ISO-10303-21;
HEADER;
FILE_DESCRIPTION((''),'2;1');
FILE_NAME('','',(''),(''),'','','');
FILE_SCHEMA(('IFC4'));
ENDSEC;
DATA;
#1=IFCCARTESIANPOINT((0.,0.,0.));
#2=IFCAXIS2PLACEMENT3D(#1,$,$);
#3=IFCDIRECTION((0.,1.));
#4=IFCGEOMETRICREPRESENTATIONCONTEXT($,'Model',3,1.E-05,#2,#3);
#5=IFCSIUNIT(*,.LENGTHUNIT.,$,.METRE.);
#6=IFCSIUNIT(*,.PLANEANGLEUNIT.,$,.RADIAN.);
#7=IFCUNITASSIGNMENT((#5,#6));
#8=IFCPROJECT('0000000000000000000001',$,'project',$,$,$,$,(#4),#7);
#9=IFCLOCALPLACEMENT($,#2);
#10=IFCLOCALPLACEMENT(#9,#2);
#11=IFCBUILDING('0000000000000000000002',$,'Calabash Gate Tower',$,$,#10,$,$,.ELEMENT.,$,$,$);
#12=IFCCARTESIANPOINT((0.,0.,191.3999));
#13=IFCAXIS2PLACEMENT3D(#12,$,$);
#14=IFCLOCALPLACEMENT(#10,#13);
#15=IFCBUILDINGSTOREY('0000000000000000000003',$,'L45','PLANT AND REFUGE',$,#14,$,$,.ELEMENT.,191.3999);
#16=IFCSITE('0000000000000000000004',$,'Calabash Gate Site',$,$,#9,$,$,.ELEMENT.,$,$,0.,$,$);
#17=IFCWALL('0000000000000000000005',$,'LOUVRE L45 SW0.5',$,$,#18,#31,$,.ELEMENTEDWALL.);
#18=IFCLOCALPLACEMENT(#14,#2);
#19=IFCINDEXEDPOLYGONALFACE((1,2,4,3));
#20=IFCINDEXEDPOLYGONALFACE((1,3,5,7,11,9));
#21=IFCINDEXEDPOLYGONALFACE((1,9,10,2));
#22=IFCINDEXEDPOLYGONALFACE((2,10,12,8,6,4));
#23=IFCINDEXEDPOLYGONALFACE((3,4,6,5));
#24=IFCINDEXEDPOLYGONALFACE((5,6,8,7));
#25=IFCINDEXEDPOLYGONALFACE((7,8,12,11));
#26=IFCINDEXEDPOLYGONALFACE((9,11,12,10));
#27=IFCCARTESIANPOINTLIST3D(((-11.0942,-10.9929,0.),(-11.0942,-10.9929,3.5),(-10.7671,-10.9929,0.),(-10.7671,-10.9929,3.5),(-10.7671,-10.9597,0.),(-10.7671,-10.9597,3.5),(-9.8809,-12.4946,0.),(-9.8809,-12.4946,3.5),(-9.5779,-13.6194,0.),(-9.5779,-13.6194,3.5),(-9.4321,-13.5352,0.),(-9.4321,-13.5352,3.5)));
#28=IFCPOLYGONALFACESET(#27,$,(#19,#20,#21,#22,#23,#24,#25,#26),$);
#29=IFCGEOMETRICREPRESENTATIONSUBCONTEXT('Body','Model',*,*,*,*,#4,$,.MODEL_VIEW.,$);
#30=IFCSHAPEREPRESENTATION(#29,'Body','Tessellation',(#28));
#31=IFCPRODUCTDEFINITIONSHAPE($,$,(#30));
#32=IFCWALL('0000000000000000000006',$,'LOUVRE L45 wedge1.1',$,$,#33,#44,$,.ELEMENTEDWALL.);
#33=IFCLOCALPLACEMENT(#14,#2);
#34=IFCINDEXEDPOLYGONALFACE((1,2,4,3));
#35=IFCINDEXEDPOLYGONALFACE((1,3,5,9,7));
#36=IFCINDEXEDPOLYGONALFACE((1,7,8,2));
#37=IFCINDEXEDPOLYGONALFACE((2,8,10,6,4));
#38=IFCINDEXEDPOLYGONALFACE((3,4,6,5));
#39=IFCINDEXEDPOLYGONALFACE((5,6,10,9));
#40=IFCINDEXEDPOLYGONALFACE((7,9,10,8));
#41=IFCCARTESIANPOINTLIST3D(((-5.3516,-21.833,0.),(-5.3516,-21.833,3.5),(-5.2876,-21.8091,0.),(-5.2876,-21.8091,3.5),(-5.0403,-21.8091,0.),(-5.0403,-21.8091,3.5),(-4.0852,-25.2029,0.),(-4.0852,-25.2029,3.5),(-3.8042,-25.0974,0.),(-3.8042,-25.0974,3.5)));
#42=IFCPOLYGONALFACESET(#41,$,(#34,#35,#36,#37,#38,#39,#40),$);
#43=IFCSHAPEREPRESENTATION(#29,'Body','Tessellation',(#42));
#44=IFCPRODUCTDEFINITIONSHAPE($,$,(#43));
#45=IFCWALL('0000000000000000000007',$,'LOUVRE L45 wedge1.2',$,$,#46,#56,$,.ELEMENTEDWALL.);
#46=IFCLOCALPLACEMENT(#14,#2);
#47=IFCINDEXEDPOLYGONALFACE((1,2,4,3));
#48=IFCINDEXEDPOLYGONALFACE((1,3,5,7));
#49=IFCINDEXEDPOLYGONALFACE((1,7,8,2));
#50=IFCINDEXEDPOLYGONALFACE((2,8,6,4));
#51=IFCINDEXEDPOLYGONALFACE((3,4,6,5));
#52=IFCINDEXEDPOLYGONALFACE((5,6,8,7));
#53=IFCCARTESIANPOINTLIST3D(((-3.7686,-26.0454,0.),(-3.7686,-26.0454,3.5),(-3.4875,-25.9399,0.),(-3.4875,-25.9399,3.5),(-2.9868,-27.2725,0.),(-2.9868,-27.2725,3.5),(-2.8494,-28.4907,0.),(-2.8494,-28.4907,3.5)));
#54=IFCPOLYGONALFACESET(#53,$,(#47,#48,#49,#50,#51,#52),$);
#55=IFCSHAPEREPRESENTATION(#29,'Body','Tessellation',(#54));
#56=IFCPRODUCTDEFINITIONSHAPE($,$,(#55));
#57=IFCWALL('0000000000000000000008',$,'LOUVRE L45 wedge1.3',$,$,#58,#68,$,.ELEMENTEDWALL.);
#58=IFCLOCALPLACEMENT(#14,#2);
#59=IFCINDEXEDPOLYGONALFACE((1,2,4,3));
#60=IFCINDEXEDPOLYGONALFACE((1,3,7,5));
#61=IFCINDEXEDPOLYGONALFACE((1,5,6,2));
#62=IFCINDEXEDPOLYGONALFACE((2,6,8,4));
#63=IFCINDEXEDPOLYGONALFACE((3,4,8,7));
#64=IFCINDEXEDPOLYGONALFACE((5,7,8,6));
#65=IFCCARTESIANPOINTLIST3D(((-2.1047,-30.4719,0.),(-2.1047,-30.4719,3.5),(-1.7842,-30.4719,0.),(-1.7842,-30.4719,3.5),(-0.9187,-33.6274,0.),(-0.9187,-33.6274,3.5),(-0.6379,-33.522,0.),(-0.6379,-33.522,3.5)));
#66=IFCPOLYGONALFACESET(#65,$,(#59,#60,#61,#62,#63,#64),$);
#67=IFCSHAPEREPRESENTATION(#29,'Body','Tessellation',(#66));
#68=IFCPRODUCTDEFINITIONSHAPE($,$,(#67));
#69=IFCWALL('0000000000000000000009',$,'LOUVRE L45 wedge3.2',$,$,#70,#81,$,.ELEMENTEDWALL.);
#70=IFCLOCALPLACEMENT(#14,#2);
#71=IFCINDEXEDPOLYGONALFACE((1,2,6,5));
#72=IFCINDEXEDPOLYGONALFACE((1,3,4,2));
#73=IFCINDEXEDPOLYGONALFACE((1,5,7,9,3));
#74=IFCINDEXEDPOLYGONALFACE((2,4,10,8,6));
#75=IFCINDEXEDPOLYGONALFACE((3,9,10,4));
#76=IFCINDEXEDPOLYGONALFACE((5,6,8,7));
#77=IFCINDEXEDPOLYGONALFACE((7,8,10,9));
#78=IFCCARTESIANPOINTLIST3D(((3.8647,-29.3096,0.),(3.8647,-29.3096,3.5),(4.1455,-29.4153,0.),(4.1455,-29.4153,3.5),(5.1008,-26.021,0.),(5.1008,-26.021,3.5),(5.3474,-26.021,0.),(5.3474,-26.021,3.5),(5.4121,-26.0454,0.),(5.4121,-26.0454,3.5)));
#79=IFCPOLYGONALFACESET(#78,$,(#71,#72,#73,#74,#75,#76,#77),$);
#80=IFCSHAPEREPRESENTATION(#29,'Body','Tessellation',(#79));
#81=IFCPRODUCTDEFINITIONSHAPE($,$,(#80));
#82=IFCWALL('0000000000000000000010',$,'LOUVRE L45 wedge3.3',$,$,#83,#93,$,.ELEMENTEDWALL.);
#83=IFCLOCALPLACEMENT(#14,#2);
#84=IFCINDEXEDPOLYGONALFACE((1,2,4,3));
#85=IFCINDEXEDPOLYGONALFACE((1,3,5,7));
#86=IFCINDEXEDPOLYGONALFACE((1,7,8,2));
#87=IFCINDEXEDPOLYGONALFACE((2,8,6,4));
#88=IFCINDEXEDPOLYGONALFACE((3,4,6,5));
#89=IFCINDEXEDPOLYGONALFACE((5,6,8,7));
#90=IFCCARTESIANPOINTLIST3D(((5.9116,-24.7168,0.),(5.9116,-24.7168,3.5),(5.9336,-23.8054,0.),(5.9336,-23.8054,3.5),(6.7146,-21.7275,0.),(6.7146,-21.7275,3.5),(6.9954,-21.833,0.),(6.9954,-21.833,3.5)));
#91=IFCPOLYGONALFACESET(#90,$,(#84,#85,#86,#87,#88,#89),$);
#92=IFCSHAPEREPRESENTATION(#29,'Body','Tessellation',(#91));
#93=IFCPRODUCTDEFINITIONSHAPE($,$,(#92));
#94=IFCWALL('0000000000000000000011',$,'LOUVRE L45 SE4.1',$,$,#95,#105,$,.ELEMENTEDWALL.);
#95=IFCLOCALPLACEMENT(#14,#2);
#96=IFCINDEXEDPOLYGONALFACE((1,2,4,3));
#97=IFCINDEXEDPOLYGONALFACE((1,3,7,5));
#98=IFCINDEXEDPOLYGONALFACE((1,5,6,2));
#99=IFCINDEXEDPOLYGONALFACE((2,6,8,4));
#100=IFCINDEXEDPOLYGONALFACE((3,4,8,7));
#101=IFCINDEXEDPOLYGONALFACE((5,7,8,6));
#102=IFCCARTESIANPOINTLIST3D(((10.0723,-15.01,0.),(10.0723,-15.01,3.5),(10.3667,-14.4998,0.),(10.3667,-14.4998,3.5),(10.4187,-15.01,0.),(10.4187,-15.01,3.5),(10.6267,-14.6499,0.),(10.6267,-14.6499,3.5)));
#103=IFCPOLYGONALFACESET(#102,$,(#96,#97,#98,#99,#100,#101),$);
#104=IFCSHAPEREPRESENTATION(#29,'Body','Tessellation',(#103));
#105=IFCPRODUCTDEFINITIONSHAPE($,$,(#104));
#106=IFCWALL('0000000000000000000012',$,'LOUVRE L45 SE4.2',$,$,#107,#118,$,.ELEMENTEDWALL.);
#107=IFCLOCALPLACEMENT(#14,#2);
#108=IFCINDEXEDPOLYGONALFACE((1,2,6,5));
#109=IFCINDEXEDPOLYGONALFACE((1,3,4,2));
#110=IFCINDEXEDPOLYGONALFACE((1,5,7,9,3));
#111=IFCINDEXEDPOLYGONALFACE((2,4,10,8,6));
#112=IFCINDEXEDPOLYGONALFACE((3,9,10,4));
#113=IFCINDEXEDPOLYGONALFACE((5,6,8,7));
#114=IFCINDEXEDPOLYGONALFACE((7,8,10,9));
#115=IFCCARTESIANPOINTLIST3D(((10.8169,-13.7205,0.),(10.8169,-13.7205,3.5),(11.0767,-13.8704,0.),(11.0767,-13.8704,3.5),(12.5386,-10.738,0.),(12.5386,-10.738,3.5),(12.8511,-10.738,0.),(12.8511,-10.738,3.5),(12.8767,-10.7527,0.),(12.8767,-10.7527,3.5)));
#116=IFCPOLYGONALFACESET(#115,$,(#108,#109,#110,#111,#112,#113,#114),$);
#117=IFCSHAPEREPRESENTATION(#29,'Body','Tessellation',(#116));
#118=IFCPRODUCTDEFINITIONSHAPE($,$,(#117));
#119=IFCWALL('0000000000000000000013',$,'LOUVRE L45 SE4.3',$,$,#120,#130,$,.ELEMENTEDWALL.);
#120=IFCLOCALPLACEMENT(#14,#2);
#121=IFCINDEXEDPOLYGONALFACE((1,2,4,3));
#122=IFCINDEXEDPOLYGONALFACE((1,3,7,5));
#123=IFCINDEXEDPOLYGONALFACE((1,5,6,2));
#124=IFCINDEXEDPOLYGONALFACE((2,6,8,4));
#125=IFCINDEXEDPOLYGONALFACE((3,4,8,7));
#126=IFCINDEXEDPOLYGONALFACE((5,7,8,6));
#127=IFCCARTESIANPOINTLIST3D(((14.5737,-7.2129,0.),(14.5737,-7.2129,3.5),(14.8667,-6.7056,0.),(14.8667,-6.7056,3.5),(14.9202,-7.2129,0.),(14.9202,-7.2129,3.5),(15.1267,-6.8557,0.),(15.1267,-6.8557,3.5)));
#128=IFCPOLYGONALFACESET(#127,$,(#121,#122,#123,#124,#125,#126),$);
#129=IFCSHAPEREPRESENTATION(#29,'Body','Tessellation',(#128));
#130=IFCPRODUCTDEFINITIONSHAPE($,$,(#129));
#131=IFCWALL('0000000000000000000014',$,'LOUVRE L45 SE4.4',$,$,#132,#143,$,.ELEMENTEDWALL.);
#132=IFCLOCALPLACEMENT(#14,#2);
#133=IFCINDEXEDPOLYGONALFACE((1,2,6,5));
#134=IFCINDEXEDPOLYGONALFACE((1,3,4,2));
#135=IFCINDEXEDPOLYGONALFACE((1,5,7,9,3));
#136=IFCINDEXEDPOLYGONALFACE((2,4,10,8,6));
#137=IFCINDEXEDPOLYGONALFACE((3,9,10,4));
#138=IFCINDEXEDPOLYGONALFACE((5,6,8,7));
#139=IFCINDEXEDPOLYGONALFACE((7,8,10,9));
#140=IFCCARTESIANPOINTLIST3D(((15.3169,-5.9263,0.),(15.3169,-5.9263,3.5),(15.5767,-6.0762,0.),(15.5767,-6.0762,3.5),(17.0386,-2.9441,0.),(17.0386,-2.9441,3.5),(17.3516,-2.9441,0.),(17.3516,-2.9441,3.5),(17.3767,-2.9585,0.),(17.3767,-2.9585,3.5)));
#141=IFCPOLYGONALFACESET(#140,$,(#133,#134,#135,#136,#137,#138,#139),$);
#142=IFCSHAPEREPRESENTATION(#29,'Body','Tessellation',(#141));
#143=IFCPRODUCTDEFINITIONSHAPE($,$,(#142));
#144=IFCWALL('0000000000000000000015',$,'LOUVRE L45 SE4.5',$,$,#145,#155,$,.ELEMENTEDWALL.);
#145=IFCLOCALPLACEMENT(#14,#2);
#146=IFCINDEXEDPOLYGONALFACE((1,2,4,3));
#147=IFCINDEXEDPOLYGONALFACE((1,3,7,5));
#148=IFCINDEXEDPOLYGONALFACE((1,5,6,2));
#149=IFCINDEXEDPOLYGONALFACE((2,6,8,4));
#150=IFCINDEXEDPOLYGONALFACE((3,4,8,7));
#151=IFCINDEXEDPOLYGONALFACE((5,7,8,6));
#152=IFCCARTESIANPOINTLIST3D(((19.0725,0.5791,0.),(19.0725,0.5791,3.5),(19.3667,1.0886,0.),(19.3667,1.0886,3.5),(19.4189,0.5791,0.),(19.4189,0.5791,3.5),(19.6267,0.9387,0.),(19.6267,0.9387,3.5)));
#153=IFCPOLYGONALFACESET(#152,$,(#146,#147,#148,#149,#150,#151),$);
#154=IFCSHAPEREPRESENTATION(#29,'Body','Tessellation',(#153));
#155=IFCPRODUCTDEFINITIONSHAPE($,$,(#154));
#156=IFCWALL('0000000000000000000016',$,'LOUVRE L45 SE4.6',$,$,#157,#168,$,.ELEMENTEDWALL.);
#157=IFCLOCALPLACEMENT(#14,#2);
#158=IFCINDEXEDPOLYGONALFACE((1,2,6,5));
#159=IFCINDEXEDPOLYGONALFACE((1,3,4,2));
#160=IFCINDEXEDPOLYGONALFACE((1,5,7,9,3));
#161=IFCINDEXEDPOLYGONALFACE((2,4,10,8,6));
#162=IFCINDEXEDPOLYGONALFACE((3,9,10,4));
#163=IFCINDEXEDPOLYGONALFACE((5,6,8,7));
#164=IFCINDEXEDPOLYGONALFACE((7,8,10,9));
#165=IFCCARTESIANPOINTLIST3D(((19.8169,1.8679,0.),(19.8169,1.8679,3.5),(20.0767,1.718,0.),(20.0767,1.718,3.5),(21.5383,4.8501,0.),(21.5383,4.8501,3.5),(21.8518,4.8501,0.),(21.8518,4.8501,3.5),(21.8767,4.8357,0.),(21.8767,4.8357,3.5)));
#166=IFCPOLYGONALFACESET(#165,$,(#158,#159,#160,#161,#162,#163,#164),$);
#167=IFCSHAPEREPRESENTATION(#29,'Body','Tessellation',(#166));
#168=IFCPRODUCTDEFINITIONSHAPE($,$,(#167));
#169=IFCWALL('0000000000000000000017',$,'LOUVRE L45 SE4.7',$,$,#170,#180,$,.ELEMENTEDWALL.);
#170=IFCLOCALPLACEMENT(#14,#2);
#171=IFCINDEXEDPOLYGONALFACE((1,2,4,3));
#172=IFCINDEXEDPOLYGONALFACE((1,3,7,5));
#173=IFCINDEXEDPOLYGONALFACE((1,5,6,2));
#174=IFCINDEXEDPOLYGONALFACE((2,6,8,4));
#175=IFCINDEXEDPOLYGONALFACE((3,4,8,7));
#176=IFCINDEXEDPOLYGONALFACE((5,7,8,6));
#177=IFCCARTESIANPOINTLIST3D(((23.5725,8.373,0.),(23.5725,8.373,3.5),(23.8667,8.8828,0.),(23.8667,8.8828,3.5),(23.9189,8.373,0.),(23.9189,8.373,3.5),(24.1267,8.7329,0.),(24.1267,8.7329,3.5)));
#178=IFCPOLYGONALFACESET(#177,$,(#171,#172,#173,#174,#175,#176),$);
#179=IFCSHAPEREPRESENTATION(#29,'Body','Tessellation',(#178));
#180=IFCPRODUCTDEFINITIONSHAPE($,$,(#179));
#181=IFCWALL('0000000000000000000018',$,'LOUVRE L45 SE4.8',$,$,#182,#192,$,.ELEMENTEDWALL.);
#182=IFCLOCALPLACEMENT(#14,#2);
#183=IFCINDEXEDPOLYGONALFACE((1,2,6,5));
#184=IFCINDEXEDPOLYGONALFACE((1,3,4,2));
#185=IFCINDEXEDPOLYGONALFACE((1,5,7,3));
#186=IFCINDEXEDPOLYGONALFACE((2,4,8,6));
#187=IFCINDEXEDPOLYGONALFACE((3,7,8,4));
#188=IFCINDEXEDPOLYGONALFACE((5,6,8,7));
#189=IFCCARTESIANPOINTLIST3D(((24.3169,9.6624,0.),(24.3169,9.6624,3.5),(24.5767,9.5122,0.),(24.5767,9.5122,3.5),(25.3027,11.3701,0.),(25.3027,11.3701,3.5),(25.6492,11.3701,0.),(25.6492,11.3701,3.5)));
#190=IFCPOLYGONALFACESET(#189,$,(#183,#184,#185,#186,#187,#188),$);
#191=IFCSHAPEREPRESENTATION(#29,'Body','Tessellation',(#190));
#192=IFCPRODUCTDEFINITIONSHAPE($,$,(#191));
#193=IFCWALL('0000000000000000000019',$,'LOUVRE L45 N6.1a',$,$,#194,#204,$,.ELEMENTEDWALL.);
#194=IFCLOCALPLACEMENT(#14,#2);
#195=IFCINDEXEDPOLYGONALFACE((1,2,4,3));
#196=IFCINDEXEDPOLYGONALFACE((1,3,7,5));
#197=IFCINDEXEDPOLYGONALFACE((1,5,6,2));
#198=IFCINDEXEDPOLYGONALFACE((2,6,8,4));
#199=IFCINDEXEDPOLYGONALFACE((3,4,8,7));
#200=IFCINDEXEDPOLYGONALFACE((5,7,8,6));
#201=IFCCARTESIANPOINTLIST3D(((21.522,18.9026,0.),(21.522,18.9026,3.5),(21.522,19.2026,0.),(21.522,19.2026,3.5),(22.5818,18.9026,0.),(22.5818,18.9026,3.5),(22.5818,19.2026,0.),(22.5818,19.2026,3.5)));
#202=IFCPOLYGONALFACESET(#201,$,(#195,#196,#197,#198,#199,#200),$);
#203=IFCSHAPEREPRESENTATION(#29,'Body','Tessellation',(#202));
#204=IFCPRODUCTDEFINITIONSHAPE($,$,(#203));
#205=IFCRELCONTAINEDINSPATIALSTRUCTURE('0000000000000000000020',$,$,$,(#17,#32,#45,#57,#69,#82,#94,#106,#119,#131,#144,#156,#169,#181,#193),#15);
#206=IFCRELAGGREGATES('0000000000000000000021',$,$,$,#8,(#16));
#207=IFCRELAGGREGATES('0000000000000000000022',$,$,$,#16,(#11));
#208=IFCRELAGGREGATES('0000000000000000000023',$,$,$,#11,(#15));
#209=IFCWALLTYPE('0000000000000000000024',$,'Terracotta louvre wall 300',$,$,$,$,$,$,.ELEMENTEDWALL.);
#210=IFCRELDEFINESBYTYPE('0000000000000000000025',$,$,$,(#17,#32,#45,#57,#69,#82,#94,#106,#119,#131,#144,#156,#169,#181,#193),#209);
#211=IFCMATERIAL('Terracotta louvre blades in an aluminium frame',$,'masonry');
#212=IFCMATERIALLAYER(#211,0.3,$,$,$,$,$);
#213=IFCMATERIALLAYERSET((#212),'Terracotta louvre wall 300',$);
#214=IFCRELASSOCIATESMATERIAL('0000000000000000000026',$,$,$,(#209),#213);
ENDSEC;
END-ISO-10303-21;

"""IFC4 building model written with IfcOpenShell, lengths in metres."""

from ifc_helpers import new_model, si_unit, direction, frame, origin, place, context, subcontext, project, spatial, polyline, outline, extrude, material, layer, layer_set, type_object, element, save


model = new_model("IFC4")

# Units and contexts
model_context = context("Model", 3, precision=1e-05, world=origin(), true_north=direction((0.0, 1.0)))
body_context = subcontext(model_context, "Body", "Model", "MODEL_VIEW")
ifc_project = project(units=[si_unit("LENGTHUNIT", "METRE"), si_unit("PLANEANGLEUNIT", "RADIAN")], contexts=[model_context])

# Site, building, storey
site_placement = place(None, origin())
site = spatial("IfcSite", under=ifc_project, at=site_placement, Name="Calabash Gate Site", CompositionType="ELEMENT", RefElevation=0.0)
building_placement = place(site_placement, origin())
building = spatial("IfcBuilding", under=site, at=building_placement, Name="Calabash Gate Tower", CompositionType="ELEMENT")
storey_placement = place(building_placement, frame((0.0, 0.0, 191.3999)))
storey = spatial("IfcBuildingStorey", under=building, at=storey_placement, Name="L45", Description="PLANT AND REFUGE", CompositionType="ELEMENT", Elevation=191.3999)

# Walls
ifc_material_1 = material(Name="Terracotta louvre blades in an aluminium frame", Category="masonry")
ifc_layer_1 = layer(ifc_material_1, 0.3)
ifc_layer_set_1 = layer_set([ifc_layer_1], Name="Terracotta louvre wall 300")
wall_type_1 = type_object("IfcWallType", Name="Terracotta louvre wall 300", PredefinedType="ELEMENTEDWALL", material=ifc_layer_set_1)
wall_1_placement = place(storey_placement, origin())
element("IfcWall", 1, at=wall_1_placement, inside=storey, type_object=wall_type_1, Name="LOUVRE L45 SW0.5", PredefinedType="ELEMENTEDWALL", context=body_context, shape_type="SweptSolid", body=[
    extrude(outline(polyline([(-9.5779, -13.6194), (-9.4321, -13.5352), (-9.8809, -12.4946), (-10.7671, -10.9597), (-10.7671, -10.9929), (-11.0942, -10.9929), (-9.5779, -13.6194)])), origin(), (0.0, 0.0, 1.0), 3.5),
])
wall_2_placement = place(storey_placement, origin())
element("IfcWall", 2, at=wall_2_placement, inside=storey, type_object=wall_type_1, Name="LOUVRE L45 wedge1.1", PredefinedType="ELEMENTEDWALL", context=body_context, shape_type="SweptSolid", body=[
    extrude(outline(polyline([(-3.8042, -25.0974), (-5.0403, -21.8091), (-5.2876, -21.8091), (-5.3516, -21.833), (-4.0852, -25.2029), (-3.8042, -25.0974)])), origin(), (0.0, 0.0, 1.0), 3.5),
])
wall_3_placement = place(storey_placement, origin())
element("IfcWall", 3, at=wall_3_placement, inside=storey, type_object=wall_type_1, Name="LOUVRE L45 wedge1.2", PredefinedType="ELEMENTEDWALL", context=body_context, shape_type="SweptSolid", body=[
    extrude(outline(polyline([(-3.7686, -26.0454), (-2.8494, -28.4907), (-2.9868, -27.2725), (-3.4875, -25.9399), (-3.7686, -26.0454)])), origin(), (0.0, 0.0, 1.0), 3.5),
])
wall_4_placement = place(storey_placement, origin())
element("IfcWall", 4, at=wall_4_placement, inside=storey, type_object=wall_type_1, Name="LOUVRE L45 wedge1.3", PredefinedType="ELEMENTEDWALL", context=body_context, shape_type="SweptSolid", body=[
    extrude(outline(polyline([(-0.6379, -33.522), (-1.7842, -30.4719), (-2.1047, -30.4719), (-0.9187, -33.6274), (-0.6379, -33.522)])), origin(), (0.0, 0.0, 1.0), 3.5),
])
wall_5_placement = place(storey_placement, origin())
element("IfcWall", 5, at=wall_5_placement, inside=storey, type_object=wall_type_1, Name="LOUVRE L45 wedge3.2", PredefinedType="ELEMENTEDWALL", context=body_context, shape_type="SweptSolid", body=[
    extrude(outline(polyline([(5.4121, -26.0454), (5.3474, -26.021), (5.1008, -26.021), (3.8647, -29.3096), (4.1455, -29.4153), (5.4121, -26.0454)])), origin(), (0.0, 0.0, 1.0), 3.5),
])
wall_6_placement = place(storey_placement, origin())
element("IfcWall", 6, at=wall_6_placement, inside=storey, type_object=wall_type_1, Name="LOUVRE L45 wedge3.3", PredefinedType="ELEMENTEDWALL", context=body_context, shape_type="SweptSolid", body=[
    extrude(outline(polyline([(5.9116, -24.7168), (6.9954, -21.833), (6.7146, -21.7275), (5.9336, -23.8054), (5.9116, -24.7168)])), origin(), (0.0, 0.0, 1.0), 3.5),
])
wall_7_placement = place(storey_placement, origin())
element("IfcWall", 7, at=wall_7_placement, inside=storey, type_object=wall_type_1, Name="LOUVRE L45 SE4.1", PredefinedType="ELEMENTEDWALL", context=body_context, shape_type="SweptSolid", body=[
    extrude(outline(polyline([(10.3667, -14.4998), (10.0723, -15.01), (10.4187, -15.01), (10.6267, -14.6499), (10.3667, -14.4998)])), origin(), (0.0, 0.0, 1.0), 3.5),
])
wall_8_placement = place(storey_placement, origin())
element("IfcWall", 8, at=wall_8_placement, inside=storey, type_object=wall_type_1, Name="LOUVRE L45 SE4.2", PredefinedType="ELEMENTEDWALL", context=body_context, shape_type="SweptSolid", body=[
    extrude(outline(polyline([(12.8767, -10.7527), (12.8511, -10.738), (12.5386, -10.738), (10.8169, -13.7205), (11.0767, -13.8704), (12.8767, -10.7527)])), origin(), (0.0, 0.0, 1.0), 3.5),
])
wall_9_placement = place(storey_placement, origin())
element("IfcWall", 9, at=wall_9_placement, inside=storey, type_object=wall_type_1, Name="LOUVRE L45 SE4.3", PredefinedType="ELEMENTEDWALL", context=body_context, shape_type="SweptSolid", body=[
    extrude(outline(polyline([(14.8667, -6.7056), (14.5737, -7.2129), (14.9202, -7.2129), (15.1267, -6.8557), (14.8667, -6.7056)])), origin(), (0.0, 0.0, 1.0), 3.5),
])
wall_10_placement = place(storey_placement, origin())
element("IfcWall", 10, at=wall_10_placement, inside=storey, type_object=wall_type_1, Name="LOUVRE L45 SE4.4", PredefinedType="ELEMENTEDWALL", context=body_context, shape_type="SweptSolid", body=[
    extrude(outline(polyline([(17.3767, -2.9585), (17.3516, -2.9441), (17.0386, -2.9441), (15.3169, -5.9263), (15.5767, -6.0762), (17.3767, -2.9585)])), origin(), (0.0, 0.0, 1.0), 3.5),
])
wall_11_placement = place(storey_placement, origin())
element("IfcWall", 11, at=wall_11_placement, inside=storey, type_object=wall_type_1, Name="LOUVRE L45 SE4.5", PredefinedType="ELEMENTEDWALL", context=body_context, shape_type="SweptSolid", body=[
    extrude(outline(polyline([(19.3667, 1.0886), (19.0725, 0.5791), (19.4189, 0.5791), (19.6267, 0.9387), (19.3667, 1.0886)])), origin(), (0.0, 0.0, 1.0), 3.5),
])
wall_12_placement = place(storey_placement, origin())
element("IfcWall", 12, at=wall_12_placement, inside=storey, type_object=wall_type_1, Name="LOUVRE L45 SE4.6", PredefinedType="ELEMENTEDWALL", context=body_context, shape_type="SweptSolid", body=[
    extrude(outline(polyline([(21.8767, 4.8357), (21.8518, 4.8501), (21.5383, 4.8501), (19.8169, 1.8679), (20.0767, 1.718), (21.8767, 4.8357)])), origin(), (0.0, 0.0, 1.0), 3.5),
])
wall_13_placement = place(storey_placement, origin())
element("IfcWall", 13, at=wall_13_placement, inside=storey, type_object=wall_type_1, Name="LOUVRE L45 SE4.7", PredefinedType="ELEMENTEDWALL", context=body_context, shape_type="SweptSolid", body=[
    extrude(outline(polyline([(23.8667, 8.8828), (23.5725, 8.373), (23.9189, 8.373), (24.1267, 8.7329), (23.8667, 8.8828)])), origin(), (0.0, 0.0, 1.0), 3.5),
])
wall_14_placement = place(storey_placement, origin())
element("IfcWall", 14, at=wall_14_placement, inside=storey, type_object=wall_type_1, Name="LOUVRE L45 SE4.8", PredefinedType="ELEMENTEDWALL", context=body_context, shape_type="SweptSolid", body=[
    extrude(outline(polyline([(24.5767, 9.5122), (25.6492, 11.3701), (25.3027, 11.3701), (24.3169, 9.6624), (24.5767, 9.5122)])), origin(), (0.0, 0.0, 1.0), 3.5),
])
wall_15_placement = place(storey_placement, origin())
element("IfcWall", 15, at=wall_15_placement, inside=storey, type_object=wall_type_1, Name="LOUVRE L45 N6.1a", PredefinedType="ELEMENTEDWALL", context=body_context, shape_type="SweptSolid", body=[
    extrude(outline(polyline([(22.5818, 19.2026), (21.522, 19.2026), (21.522, 18.9026), (22.5818, 18.9026), (22.5818, 19.2026)])), origin(), (0.0, 0.0, 1.0), 3.5),
])

save(model, "model.ifc")
